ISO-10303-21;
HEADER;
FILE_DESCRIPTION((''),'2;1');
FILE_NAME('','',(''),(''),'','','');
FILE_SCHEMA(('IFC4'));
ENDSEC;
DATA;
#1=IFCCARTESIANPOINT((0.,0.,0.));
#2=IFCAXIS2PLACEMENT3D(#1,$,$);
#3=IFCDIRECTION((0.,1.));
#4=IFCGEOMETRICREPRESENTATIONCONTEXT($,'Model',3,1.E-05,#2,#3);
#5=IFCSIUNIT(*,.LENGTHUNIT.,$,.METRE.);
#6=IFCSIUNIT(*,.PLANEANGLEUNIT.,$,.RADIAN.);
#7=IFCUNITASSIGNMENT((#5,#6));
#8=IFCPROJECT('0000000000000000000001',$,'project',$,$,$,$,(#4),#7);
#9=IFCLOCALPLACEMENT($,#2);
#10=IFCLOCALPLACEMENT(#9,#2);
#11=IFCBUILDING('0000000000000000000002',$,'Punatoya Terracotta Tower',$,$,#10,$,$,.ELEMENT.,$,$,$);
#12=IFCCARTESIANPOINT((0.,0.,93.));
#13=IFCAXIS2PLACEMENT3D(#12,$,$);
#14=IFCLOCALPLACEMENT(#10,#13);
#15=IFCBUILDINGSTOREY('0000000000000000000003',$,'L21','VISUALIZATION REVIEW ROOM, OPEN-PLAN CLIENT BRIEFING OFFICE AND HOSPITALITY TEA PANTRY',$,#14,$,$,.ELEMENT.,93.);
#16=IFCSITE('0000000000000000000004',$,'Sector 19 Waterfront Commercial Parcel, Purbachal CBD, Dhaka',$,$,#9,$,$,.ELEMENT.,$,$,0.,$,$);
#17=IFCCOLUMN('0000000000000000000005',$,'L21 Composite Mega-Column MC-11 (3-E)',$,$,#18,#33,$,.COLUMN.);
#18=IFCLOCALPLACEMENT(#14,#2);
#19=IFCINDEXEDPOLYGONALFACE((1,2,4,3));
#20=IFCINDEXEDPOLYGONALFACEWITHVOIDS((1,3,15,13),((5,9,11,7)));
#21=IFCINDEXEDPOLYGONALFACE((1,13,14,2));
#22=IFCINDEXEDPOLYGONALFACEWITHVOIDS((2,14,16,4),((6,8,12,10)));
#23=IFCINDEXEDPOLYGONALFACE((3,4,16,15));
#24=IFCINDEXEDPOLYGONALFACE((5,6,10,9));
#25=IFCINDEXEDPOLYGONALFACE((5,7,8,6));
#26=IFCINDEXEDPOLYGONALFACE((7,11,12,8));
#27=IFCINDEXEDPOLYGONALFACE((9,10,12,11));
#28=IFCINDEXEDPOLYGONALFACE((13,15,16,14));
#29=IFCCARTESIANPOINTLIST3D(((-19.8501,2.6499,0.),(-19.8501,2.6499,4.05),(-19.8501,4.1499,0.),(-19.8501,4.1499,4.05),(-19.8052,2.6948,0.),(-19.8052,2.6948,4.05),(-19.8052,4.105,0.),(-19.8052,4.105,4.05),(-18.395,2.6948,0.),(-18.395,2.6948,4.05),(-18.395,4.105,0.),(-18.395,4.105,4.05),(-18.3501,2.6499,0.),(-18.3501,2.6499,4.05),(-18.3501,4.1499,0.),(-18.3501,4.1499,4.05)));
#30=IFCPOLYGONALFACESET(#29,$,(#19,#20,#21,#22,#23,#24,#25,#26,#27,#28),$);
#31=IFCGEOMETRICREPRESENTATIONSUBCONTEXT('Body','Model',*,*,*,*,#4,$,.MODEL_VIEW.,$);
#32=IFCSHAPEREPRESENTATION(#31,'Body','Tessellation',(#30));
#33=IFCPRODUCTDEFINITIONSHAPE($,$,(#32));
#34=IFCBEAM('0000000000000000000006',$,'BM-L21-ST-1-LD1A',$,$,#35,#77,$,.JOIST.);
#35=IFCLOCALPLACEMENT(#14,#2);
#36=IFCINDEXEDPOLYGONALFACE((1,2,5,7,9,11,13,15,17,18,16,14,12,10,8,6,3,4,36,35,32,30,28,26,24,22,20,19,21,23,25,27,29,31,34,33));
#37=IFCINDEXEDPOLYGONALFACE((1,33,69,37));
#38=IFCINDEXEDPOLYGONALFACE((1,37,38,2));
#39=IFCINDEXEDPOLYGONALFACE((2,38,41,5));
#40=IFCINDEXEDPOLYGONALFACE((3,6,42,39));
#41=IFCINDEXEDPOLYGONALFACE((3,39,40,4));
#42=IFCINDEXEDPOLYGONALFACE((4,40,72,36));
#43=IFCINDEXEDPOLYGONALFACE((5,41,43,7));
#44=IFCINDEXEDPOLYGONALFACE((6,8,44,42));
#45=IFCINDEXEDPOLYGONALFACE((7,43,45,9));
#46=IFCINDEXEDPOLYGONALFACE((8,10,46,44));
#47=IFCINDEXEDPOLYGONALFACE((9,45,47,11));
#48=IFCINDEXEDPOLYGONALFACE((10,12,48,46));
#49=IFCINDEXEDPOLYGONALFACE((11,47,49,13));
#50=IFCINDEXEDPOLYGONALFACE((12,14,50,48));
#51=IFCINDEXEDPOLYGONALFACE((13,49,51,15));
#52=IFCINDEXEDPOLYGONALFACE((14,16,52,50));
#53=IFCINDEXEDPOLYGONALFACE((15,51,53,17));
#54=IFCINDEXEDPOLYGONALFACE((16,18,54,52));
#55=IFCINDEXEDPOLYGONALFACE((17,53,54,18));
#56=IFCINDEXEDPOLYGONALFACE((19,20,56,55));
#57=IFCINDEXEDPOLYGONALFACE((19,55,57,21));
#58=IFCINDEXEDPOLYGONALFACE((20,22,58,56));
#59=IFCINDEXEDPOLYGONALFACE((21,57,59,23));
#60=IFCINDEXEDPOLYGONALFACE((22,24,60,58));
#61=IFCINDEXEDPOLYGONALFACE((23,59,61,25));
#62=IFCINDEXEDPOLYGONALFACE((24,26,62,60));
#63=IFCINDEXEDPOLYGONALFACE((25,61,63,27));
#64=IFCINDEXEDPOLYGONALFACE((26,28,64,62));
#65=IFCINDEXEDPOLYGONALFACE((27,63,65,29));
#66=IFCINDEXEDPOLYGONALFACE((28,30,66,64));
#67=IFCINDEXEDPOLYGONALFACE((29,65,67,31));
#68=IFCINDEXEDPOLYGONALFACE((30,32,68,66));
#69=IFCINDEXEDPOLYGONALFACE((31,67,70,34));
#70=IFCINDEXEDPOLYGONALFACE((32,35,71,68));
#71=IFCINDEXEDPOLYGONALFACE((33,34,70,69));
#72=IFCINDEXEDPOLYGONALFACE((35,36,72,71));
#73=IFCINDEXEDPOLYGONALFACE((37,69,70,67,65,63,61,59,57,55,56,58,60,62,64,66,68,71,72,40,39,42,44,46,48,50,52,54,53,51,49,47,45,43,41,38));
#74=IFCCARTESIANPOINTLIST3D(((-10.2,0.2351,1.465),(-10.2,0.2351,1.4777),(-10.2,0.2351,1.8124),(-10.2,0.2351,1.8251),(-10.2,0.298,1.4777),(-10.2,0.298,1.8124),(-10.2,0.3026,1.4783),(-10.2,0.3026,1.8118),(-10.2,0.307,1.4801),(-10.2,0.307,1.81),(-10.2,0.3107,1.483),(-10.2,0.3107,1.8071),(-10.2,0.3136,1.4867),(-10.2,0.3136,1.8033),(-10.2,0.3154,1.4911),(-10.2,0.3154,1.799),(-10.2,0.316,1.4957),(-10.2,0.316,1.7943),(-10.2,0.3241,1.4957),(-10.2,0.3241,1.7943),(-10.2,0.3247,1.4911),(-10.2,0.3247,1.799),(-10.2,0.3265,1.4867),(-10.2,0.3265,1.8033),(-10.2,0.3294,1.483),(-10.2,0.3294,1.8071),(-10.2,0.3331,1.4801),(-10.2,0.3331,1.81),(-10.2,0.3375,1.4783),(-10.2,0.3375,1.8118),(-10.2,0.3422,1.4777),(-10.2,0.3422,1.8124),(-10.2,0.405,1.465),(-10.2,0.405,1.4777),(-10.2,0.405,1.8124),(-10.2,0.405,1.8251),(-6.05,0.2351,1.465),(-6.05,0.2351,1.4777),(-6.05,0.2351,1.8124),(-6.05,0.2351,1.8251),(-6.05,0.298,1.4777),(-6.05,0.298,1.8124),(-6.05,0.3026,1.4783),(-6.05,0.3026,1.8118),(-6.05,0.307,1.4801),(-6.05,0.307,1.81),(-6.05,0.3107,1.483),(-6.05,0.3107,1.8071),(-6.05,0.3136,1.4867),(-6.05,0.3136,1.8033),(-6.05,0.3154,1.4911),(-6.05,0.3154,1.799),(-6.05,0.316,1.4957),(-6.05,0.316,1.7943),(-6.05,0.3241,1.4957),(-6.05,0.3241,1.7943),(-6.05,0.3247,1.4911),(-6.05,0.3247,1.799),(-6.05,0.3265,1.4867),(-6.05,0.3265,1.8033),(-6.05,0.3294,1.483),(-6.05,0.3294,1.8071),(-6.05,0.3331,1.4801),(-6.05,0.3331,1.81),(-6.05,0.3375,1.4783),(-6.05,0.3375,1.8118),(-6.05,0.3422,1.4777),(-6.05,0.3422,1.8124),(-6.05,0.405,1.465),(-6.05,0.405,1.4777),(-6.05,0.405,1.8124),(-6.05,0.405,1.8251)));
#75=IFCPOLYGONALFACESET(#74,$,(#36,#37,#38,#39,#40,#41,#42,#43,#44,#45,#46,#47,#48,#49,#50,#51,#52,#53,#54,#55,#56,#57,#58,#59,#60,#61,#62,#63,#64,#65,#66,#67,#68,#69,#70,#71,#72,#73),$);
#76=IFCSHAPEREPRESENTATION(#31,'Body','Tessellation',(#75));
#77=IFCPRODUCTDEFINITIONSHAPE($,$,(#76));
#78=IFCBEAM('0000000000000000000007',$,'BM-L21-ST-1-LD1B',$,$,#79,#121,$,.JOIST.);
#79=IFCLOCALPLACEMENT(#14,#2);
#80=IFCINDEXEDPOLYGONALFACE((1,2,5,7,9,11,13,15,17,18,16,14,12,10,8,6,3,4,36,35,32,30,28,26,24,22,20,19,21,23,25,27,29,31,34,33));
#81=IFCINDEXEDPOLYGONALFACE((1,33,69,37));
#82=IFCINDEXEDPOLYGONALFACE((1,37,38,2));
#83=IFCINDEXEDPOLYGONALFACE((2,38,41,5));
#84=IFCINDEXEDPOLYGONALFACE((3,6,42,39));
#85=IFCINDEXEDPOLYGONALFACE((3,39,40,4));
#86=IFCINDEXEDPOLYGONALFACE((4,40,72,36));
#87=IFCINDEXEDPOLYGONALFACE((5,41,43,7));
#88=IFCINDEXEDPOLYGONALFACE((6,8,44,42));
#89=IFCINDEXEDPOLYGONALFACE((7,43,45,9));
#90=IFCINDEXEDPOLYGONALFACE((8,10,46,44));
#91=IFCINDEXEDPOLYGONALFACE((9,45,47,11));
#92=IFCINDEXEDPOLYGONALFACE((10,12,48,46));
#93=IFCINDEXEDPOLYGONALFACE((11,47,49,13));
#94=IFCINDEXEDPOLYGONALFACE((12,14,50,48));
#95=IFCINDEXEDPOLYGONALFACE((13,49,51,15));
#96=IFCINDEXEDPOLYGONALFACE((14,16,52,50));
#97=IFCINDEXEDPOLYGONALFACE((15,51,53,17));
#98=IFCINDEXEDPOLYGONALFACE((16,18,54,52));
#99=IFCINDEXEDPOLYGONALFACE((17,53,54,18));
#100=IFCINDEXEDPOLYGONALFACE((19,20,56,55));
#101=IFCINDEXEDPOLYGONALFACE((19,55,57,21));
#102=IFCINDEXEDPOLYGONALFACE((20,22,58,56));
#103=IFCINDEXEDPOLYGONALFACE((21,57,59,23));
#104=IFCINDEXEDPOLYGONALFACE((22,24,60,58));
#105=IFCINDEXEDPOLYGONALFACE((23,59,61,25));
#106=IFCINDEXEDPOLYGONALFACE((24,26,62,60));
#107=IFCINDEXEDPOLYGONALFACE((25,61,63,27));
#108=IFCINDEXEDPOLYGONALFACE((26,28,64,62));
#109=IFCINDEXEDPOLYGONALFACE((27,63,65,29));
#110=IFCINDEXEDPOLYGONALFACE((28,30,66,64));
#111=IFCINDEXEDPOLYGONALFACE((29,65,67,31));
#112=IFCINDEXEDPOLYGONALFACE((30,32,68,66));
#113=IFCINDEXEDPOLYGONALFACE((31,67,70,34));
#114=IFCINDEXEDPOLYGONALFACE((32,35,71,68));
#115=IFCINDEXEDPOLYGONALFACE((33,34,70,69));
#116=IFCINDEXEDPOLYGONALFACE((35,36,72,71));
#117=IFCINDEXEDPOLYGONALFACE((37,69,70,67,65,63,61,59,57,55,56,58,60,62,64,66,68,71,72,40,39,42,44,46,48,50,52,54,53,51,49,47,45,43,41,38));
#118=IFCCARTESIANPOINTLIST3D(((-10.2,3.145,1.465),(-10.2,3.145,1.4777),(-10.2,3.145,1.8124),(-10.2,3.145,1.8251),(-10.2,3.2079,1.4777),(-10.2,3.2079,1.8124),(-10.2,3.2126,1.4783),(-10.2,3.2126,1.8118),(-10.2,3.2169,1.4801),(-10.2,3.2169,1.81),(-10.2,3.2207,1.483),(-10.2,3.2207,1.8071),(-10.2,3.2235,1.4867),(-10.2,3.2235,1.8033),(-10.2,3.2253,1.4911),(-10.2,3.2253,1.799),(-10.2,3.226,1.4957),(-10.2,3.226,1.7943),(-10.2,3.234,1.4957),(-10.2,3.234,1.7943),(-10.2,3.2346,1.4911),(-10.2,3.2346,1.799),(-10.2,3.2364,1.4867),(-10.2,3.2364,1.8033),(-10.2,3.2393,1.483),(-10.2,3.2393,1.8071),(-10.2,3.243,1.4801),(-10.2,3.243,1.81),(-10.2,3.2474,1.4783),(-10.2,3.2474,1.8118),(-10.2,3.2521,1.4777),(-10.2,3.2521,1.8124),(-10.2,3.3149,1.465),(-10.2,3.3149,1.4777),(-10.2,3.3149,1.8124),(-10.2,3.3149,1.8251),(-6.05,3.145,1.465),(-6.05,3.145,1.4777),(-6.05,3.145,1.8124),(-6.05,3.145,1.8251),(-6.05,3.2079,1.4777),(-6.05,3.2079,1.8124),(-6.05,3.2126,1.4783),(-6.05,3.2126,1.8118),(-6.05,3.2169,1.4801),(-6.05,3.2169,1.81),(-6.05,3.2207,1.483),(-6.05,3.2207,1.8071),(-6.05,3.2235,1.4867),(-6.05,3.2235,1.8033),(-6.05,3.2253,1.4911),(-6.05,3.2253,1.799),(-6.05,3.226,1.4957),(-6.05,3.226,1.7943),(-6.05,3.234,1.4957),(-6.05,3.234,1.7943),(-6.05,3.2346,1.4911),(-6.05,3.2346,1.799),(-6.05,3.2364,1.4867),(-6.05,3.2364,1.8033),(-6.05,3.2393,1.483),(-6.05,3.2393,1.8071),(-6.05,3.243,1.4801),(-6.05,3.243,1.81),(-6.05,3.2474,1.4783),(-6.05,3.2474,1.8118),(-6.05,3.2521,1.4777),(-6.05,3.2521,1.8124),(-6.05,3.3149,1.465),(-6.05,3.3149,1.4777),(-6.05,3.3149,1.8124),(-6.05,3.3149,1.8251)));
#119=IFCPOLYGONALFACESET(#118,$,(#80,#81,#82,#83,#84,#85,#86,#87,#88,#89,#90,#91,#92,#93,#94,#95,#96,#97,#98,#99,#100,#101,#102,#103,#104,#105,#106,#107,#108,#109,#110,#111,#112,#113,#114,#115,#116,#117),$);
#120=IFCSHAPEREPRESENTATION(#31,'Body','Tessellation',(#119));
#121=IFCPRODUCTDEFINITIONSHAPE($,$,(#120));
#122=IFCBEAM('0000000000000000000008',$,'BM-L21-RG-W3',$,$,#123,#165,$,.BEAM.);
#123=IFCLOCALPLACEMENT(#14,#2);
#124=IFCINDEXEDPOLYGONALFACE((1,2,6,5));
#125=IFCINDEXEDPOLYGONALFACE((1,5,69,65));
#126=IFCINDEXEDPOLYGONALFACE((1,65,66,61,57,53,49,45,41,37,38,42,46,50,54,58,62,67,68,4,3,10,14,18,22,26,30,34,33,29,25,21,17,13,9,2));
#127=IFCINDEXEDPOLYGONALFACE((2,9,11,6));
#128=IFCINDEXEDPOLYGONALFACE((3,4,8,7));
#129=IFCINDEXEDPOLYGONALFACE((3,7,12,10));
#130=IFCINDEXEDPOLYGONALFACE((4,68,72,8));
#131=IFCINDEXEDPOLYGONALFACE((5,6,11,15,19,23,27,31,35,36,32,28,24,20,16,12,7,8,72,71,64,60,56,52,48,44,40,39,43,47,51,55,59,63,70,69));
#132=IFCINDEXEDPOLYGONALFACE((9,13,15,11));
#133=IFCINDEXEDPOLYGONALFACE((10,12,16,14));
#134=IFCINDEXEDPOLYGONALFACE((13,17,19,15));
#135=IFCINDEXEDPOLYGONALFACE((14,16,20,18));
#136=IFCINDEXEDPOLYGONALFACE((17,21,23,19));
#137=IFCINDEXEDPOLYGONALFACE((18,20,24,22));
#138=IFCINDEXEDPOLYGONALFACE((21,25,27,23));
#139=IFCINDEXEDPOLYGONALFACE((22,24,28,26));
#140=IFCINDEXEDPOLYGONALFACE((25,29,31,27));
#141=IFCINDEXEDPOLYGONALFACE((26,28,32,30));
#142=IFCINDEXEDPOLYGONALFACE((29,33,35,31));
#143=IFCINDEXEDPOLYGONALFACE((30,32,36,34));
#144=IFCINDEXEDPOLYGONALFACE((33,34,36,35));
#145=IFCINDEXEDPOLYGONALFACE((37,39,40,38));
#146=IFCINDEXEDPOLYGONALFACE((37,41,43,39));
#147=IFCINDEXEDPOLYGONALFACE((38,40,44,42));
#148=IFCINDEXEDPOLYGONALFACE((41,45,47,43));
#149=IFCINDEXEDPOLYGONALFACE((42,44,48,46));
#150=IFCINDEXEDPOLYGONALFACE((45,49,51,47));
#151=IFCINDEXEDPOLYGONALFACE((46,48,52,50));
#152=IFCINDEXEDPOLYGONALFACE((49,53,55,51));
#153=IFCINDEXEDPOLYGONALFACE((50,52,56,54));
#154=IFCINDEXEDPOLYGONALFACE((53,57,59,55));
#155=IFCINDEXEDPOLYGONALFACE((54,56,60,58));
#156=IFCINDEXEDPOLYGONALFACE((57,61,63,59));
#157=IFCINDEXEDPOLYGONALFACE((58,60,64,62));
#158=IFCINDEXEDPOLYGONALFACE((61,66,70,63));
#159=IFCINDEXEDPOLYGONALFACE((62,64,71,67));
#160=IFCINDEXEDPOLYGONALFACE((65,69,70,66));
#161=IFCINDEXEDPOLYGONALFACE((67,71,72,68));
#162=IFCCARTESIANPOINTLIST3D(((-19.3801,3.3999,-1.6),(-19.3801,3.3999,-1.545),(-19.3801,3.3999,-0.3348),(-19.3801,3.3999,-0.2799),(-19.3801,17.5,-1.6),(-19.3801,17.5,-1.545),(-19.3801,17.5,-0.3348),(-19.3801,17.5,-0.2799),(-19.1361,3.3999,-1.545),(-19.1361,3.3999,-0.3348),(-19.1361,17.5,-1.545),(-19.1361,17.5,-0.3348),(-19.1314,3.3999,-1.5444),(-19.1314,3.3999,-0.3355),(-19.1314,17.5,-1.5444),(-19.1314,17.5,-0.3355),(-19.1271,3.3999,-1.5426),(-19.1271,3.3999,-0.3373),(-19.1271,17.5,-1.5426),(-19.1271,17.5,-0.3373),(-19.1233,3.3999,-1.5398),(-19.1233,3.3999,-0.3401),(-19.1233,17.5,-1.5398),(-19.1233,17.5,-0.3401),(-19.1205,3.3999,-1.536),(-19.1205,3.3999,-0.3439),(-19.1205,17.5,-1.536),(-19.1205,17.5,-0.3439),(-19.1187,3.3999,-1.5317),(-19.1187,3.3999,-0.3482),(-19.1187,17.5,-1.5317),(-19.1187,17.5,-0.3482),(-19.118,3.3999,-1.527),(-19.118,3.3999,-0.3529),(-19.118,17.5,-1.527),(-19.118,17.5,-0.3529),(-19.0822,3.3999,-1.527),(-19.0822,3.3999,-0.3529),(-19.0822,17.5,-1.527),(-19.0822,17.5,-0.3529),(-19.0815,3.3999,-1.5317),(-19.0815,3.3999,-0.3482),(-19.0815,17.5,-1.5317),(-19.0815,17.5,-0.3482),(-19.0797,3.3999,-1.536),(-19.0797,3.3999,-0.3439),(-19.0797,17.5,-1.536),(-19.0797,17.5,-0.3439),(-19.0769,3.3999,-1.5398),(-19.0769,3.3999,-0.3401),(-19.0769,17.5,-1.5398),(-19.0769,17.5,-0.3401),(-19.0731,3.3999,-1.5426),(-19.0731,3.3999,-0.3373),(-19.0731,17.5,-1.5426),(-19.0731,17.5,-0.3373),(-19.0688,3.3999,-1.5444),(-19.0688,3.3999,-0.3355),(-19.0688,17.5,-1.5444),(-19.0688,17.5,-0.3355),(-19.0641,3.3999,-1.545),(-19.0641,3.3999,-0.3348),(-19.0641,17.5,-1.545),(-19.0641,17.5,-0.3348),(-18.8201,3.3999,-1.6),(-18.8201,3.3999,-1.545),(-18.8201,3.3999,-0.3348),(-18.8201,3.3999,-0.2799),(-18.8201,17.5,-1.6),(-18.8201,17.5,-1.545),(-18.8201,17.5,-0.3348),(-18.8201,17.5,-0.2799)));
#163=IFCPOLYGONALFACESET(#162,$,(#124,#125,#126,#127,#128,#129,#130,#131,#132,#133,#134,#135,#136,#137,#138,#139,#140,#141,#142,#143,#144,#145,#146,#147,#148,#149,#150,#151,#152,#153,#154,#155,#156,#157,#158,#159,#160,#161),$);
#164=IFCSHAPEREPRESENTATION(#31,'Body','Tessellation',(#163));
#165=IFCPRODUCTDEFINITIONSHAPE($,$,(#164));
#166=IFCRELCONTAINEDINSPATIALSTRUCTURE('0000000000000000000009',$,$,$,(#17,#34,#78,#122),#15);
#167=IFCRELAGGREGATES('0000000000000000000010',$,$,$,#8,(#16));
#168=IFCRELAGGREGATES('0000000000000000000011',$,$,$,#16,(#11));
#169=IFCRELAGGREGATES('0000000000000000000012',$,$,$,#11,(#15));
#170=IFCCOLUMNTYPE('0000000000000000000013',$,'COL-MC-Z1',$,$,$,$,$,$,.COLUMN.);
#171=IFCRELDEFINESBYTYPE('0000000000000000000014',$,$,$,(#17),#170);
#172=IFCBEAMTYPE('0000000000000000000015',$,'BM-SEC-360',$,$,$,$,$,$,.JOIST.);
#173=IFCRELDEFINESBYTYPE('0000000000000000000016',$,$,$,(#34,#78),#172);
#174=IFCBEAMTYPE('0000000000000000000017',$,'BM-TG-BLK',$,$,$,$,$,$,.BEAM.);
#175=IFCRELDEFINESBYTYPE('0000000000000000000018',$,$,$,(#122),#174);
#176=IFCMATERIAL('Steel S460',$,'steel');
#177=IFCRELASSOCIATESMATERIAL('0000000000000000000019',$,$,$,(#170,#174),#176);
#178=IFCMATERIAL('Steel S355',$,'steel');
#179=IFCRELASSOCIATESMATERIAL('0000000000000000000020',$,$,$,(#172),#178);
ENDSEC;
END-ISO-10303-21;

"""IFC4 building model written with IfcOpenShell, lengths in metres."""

from ifc_helpers import new_model, si_unit, direction, frame, origin, origin_2d, place, context, subcontext, project, spatial, hollow_rectangle, i_section, extrude, material, material_profile, profile_set, type_object, element, save


model = new_model("IFC4")

# Units and contexts
model_context = context("Model", 3, precision=1e-05, world=origin(), true_north=direction((0.0, 1.0)))
body_context = subcontext(model_context, "Body", "Model", "MODEL_VIEW")
ifc_project = project(units=[si_unit("LENGTHUNIT", "METRE"), si_unit("PLANEANGLEUNIT", "RADIAN")], contexts=[model_context])

# Site, building, storey
site_placement = place(None, origin())
site = spatial("IfcSite", under=ifc_project, at=site_placement, Name="Sector 19 Waterfront Commercial Parcel, Purbachal CBD, Dhaka", CompositionType="ELEMENT", RefElevation=0.0)
building_placement = place(site_placement, origin())
building = spatial("IfcBuilding", under=site, at=building_placement, Name="Punatoya Terracotta Tower", CompositionType="ELEMENT")
storey_placement = place(building_placement, frame((0.0, 0.0, 93.0)))
storey = spatial("IfcBuildingStorey", under=building, at=storey_placement, Name="L21", Description="VISUALIZATION REVIEW ROOM, OPEN-PLAN CLIENT BRIEFING OFFICE AND HOSPITALITY TEA PANTRY", CompositionType="ELEMENT", Elevation=93.0)

# Column
ifc_material_1 = material(Name="Steel S460", Category="steel")
ifc_material_profile_1 = material_profile(ifc_material_1, hollow_rectangle(XDim=1.5, YDim=1.5, WallThickness=0.0449, at=origin_2d()))
ifc_profile_set_1 = profile_set([ifc_material_profile_1], Name="Steel S460")
column_type = type_object("IfcColumnType", Name="COL-MC-Z1", PredefinedType="COLUMN", material=ifc_profile_set_1)
column_placement = place(storey_placement, frame((-19.1001, 3.3999, 0.0), z_axis=(0.0, 0.0, 1.0), x_axis=(1.0, 0.0, 0.0)))
element("IfcColumn", 1, at=column_placement, inside=storey, type_object=column_type, Name="L21 Composite Mega-Column MC-11 (3-E)", PredefinedType="COLUMN", context=body_context, shape_type="SweptSolid", body=[
    extrude(hollow_rectangle(XDim=1.5, YDim=1.5, WallThickness=0.0449, at=origin_2d()), origin(), (0.0, 0.0, 1.0), 4.05),
])

# Beams
ifc_material_2 = material(Name="Steel S355", Category="steel")
ifc_material_profile_2 = material_profile(ifc_material_2, i_section(OverallWidth=0.1699, OverallDepth=0.3601, WebThickness=0.0081, FlangeThickness=0.0127, FilletRadius=0.0181, at=origin_2d()))
ifc_profile_set_2 = profile_set([ifc_material_profile_2], Name="Steel S355")
beam_type_1 = type_object("IfcBeamType", Name="BM-SEC-360", PredefinedType="JOIST", material=ifc_profile_set_2)
for number, where, z_axis, x_axis, name in (
    (2, (-10.2, 0.3201, 1.645), (1.0, 0.0, 0.0), (0.0, 1.0, 0.0), "BM-L21-ST-1-LD1A"),
    (3, (-10.2, 3.23, 1.645), (1.0, 0.0, 0.0), (0.0, 1.0, 0.0), "BM-L21-ST-1-LD1B"),
):
    element("IfcBeam", number, at=place(storey_placement, frame(where, z_axis=z_axis, x_axis=x_axis)), inside=storey, type_object=beam_type_1, Name=name, PredefinedType="JOIST", context=body_context, shape_type="SweptSolid", body=[
        extrude(i_section(OverallWidth=0.1699, OverallDepth=0.3601, WebThickness=0.0081, FlangeThickness=0.0127, FilletRadius=0.0181, at=origin_2d()), origin(), (0.0, 0.0, 1.0), 4.1499),
    ])
ifc_material_profile_3 = material_profile(ifc_material_1, i_section(OverallWidth=0.5601, OverallDepth=1.3201, WebThickness=0.0359, FlangeThickness=0.0549, FilletRadius=0.0181, at=origin_2d()))
ifc_profile_set_3 = profile_set([ifc_material_profile_3], Name="Steel S460")
beam_type_2 = type_object("IfcBeamType", Name="BM-TG-BLK", PredefinedType="BEAM", material=ifc_profile_set_3)
beam_1_placement = place(storey_placement, frame((-19.1001, 3.3999, -0.9399), z_axis=(0.0, 1.0, 0.0), x_axis=(-1.0, 0.0, 0.0)))
element("IfcBeam", 4, at=beam_1_placement, inside=storey, type_object=beam_type_2, Name="BM-L21-RG-W3", PredefinedType="BEAM", context=body_context, shape_type="SweptSolid", body=[
    extrude(i_section(OverallWidth=0.5601, OverallDepth=1.3201, WebThickness=0.0359, FlangeThickness=0.0549, FilletRadius=0.0181, at=origin_2d()), origin(), (0.0, 0.0, 1.0), 14.1001),
])

save(model, "model.ifc")
